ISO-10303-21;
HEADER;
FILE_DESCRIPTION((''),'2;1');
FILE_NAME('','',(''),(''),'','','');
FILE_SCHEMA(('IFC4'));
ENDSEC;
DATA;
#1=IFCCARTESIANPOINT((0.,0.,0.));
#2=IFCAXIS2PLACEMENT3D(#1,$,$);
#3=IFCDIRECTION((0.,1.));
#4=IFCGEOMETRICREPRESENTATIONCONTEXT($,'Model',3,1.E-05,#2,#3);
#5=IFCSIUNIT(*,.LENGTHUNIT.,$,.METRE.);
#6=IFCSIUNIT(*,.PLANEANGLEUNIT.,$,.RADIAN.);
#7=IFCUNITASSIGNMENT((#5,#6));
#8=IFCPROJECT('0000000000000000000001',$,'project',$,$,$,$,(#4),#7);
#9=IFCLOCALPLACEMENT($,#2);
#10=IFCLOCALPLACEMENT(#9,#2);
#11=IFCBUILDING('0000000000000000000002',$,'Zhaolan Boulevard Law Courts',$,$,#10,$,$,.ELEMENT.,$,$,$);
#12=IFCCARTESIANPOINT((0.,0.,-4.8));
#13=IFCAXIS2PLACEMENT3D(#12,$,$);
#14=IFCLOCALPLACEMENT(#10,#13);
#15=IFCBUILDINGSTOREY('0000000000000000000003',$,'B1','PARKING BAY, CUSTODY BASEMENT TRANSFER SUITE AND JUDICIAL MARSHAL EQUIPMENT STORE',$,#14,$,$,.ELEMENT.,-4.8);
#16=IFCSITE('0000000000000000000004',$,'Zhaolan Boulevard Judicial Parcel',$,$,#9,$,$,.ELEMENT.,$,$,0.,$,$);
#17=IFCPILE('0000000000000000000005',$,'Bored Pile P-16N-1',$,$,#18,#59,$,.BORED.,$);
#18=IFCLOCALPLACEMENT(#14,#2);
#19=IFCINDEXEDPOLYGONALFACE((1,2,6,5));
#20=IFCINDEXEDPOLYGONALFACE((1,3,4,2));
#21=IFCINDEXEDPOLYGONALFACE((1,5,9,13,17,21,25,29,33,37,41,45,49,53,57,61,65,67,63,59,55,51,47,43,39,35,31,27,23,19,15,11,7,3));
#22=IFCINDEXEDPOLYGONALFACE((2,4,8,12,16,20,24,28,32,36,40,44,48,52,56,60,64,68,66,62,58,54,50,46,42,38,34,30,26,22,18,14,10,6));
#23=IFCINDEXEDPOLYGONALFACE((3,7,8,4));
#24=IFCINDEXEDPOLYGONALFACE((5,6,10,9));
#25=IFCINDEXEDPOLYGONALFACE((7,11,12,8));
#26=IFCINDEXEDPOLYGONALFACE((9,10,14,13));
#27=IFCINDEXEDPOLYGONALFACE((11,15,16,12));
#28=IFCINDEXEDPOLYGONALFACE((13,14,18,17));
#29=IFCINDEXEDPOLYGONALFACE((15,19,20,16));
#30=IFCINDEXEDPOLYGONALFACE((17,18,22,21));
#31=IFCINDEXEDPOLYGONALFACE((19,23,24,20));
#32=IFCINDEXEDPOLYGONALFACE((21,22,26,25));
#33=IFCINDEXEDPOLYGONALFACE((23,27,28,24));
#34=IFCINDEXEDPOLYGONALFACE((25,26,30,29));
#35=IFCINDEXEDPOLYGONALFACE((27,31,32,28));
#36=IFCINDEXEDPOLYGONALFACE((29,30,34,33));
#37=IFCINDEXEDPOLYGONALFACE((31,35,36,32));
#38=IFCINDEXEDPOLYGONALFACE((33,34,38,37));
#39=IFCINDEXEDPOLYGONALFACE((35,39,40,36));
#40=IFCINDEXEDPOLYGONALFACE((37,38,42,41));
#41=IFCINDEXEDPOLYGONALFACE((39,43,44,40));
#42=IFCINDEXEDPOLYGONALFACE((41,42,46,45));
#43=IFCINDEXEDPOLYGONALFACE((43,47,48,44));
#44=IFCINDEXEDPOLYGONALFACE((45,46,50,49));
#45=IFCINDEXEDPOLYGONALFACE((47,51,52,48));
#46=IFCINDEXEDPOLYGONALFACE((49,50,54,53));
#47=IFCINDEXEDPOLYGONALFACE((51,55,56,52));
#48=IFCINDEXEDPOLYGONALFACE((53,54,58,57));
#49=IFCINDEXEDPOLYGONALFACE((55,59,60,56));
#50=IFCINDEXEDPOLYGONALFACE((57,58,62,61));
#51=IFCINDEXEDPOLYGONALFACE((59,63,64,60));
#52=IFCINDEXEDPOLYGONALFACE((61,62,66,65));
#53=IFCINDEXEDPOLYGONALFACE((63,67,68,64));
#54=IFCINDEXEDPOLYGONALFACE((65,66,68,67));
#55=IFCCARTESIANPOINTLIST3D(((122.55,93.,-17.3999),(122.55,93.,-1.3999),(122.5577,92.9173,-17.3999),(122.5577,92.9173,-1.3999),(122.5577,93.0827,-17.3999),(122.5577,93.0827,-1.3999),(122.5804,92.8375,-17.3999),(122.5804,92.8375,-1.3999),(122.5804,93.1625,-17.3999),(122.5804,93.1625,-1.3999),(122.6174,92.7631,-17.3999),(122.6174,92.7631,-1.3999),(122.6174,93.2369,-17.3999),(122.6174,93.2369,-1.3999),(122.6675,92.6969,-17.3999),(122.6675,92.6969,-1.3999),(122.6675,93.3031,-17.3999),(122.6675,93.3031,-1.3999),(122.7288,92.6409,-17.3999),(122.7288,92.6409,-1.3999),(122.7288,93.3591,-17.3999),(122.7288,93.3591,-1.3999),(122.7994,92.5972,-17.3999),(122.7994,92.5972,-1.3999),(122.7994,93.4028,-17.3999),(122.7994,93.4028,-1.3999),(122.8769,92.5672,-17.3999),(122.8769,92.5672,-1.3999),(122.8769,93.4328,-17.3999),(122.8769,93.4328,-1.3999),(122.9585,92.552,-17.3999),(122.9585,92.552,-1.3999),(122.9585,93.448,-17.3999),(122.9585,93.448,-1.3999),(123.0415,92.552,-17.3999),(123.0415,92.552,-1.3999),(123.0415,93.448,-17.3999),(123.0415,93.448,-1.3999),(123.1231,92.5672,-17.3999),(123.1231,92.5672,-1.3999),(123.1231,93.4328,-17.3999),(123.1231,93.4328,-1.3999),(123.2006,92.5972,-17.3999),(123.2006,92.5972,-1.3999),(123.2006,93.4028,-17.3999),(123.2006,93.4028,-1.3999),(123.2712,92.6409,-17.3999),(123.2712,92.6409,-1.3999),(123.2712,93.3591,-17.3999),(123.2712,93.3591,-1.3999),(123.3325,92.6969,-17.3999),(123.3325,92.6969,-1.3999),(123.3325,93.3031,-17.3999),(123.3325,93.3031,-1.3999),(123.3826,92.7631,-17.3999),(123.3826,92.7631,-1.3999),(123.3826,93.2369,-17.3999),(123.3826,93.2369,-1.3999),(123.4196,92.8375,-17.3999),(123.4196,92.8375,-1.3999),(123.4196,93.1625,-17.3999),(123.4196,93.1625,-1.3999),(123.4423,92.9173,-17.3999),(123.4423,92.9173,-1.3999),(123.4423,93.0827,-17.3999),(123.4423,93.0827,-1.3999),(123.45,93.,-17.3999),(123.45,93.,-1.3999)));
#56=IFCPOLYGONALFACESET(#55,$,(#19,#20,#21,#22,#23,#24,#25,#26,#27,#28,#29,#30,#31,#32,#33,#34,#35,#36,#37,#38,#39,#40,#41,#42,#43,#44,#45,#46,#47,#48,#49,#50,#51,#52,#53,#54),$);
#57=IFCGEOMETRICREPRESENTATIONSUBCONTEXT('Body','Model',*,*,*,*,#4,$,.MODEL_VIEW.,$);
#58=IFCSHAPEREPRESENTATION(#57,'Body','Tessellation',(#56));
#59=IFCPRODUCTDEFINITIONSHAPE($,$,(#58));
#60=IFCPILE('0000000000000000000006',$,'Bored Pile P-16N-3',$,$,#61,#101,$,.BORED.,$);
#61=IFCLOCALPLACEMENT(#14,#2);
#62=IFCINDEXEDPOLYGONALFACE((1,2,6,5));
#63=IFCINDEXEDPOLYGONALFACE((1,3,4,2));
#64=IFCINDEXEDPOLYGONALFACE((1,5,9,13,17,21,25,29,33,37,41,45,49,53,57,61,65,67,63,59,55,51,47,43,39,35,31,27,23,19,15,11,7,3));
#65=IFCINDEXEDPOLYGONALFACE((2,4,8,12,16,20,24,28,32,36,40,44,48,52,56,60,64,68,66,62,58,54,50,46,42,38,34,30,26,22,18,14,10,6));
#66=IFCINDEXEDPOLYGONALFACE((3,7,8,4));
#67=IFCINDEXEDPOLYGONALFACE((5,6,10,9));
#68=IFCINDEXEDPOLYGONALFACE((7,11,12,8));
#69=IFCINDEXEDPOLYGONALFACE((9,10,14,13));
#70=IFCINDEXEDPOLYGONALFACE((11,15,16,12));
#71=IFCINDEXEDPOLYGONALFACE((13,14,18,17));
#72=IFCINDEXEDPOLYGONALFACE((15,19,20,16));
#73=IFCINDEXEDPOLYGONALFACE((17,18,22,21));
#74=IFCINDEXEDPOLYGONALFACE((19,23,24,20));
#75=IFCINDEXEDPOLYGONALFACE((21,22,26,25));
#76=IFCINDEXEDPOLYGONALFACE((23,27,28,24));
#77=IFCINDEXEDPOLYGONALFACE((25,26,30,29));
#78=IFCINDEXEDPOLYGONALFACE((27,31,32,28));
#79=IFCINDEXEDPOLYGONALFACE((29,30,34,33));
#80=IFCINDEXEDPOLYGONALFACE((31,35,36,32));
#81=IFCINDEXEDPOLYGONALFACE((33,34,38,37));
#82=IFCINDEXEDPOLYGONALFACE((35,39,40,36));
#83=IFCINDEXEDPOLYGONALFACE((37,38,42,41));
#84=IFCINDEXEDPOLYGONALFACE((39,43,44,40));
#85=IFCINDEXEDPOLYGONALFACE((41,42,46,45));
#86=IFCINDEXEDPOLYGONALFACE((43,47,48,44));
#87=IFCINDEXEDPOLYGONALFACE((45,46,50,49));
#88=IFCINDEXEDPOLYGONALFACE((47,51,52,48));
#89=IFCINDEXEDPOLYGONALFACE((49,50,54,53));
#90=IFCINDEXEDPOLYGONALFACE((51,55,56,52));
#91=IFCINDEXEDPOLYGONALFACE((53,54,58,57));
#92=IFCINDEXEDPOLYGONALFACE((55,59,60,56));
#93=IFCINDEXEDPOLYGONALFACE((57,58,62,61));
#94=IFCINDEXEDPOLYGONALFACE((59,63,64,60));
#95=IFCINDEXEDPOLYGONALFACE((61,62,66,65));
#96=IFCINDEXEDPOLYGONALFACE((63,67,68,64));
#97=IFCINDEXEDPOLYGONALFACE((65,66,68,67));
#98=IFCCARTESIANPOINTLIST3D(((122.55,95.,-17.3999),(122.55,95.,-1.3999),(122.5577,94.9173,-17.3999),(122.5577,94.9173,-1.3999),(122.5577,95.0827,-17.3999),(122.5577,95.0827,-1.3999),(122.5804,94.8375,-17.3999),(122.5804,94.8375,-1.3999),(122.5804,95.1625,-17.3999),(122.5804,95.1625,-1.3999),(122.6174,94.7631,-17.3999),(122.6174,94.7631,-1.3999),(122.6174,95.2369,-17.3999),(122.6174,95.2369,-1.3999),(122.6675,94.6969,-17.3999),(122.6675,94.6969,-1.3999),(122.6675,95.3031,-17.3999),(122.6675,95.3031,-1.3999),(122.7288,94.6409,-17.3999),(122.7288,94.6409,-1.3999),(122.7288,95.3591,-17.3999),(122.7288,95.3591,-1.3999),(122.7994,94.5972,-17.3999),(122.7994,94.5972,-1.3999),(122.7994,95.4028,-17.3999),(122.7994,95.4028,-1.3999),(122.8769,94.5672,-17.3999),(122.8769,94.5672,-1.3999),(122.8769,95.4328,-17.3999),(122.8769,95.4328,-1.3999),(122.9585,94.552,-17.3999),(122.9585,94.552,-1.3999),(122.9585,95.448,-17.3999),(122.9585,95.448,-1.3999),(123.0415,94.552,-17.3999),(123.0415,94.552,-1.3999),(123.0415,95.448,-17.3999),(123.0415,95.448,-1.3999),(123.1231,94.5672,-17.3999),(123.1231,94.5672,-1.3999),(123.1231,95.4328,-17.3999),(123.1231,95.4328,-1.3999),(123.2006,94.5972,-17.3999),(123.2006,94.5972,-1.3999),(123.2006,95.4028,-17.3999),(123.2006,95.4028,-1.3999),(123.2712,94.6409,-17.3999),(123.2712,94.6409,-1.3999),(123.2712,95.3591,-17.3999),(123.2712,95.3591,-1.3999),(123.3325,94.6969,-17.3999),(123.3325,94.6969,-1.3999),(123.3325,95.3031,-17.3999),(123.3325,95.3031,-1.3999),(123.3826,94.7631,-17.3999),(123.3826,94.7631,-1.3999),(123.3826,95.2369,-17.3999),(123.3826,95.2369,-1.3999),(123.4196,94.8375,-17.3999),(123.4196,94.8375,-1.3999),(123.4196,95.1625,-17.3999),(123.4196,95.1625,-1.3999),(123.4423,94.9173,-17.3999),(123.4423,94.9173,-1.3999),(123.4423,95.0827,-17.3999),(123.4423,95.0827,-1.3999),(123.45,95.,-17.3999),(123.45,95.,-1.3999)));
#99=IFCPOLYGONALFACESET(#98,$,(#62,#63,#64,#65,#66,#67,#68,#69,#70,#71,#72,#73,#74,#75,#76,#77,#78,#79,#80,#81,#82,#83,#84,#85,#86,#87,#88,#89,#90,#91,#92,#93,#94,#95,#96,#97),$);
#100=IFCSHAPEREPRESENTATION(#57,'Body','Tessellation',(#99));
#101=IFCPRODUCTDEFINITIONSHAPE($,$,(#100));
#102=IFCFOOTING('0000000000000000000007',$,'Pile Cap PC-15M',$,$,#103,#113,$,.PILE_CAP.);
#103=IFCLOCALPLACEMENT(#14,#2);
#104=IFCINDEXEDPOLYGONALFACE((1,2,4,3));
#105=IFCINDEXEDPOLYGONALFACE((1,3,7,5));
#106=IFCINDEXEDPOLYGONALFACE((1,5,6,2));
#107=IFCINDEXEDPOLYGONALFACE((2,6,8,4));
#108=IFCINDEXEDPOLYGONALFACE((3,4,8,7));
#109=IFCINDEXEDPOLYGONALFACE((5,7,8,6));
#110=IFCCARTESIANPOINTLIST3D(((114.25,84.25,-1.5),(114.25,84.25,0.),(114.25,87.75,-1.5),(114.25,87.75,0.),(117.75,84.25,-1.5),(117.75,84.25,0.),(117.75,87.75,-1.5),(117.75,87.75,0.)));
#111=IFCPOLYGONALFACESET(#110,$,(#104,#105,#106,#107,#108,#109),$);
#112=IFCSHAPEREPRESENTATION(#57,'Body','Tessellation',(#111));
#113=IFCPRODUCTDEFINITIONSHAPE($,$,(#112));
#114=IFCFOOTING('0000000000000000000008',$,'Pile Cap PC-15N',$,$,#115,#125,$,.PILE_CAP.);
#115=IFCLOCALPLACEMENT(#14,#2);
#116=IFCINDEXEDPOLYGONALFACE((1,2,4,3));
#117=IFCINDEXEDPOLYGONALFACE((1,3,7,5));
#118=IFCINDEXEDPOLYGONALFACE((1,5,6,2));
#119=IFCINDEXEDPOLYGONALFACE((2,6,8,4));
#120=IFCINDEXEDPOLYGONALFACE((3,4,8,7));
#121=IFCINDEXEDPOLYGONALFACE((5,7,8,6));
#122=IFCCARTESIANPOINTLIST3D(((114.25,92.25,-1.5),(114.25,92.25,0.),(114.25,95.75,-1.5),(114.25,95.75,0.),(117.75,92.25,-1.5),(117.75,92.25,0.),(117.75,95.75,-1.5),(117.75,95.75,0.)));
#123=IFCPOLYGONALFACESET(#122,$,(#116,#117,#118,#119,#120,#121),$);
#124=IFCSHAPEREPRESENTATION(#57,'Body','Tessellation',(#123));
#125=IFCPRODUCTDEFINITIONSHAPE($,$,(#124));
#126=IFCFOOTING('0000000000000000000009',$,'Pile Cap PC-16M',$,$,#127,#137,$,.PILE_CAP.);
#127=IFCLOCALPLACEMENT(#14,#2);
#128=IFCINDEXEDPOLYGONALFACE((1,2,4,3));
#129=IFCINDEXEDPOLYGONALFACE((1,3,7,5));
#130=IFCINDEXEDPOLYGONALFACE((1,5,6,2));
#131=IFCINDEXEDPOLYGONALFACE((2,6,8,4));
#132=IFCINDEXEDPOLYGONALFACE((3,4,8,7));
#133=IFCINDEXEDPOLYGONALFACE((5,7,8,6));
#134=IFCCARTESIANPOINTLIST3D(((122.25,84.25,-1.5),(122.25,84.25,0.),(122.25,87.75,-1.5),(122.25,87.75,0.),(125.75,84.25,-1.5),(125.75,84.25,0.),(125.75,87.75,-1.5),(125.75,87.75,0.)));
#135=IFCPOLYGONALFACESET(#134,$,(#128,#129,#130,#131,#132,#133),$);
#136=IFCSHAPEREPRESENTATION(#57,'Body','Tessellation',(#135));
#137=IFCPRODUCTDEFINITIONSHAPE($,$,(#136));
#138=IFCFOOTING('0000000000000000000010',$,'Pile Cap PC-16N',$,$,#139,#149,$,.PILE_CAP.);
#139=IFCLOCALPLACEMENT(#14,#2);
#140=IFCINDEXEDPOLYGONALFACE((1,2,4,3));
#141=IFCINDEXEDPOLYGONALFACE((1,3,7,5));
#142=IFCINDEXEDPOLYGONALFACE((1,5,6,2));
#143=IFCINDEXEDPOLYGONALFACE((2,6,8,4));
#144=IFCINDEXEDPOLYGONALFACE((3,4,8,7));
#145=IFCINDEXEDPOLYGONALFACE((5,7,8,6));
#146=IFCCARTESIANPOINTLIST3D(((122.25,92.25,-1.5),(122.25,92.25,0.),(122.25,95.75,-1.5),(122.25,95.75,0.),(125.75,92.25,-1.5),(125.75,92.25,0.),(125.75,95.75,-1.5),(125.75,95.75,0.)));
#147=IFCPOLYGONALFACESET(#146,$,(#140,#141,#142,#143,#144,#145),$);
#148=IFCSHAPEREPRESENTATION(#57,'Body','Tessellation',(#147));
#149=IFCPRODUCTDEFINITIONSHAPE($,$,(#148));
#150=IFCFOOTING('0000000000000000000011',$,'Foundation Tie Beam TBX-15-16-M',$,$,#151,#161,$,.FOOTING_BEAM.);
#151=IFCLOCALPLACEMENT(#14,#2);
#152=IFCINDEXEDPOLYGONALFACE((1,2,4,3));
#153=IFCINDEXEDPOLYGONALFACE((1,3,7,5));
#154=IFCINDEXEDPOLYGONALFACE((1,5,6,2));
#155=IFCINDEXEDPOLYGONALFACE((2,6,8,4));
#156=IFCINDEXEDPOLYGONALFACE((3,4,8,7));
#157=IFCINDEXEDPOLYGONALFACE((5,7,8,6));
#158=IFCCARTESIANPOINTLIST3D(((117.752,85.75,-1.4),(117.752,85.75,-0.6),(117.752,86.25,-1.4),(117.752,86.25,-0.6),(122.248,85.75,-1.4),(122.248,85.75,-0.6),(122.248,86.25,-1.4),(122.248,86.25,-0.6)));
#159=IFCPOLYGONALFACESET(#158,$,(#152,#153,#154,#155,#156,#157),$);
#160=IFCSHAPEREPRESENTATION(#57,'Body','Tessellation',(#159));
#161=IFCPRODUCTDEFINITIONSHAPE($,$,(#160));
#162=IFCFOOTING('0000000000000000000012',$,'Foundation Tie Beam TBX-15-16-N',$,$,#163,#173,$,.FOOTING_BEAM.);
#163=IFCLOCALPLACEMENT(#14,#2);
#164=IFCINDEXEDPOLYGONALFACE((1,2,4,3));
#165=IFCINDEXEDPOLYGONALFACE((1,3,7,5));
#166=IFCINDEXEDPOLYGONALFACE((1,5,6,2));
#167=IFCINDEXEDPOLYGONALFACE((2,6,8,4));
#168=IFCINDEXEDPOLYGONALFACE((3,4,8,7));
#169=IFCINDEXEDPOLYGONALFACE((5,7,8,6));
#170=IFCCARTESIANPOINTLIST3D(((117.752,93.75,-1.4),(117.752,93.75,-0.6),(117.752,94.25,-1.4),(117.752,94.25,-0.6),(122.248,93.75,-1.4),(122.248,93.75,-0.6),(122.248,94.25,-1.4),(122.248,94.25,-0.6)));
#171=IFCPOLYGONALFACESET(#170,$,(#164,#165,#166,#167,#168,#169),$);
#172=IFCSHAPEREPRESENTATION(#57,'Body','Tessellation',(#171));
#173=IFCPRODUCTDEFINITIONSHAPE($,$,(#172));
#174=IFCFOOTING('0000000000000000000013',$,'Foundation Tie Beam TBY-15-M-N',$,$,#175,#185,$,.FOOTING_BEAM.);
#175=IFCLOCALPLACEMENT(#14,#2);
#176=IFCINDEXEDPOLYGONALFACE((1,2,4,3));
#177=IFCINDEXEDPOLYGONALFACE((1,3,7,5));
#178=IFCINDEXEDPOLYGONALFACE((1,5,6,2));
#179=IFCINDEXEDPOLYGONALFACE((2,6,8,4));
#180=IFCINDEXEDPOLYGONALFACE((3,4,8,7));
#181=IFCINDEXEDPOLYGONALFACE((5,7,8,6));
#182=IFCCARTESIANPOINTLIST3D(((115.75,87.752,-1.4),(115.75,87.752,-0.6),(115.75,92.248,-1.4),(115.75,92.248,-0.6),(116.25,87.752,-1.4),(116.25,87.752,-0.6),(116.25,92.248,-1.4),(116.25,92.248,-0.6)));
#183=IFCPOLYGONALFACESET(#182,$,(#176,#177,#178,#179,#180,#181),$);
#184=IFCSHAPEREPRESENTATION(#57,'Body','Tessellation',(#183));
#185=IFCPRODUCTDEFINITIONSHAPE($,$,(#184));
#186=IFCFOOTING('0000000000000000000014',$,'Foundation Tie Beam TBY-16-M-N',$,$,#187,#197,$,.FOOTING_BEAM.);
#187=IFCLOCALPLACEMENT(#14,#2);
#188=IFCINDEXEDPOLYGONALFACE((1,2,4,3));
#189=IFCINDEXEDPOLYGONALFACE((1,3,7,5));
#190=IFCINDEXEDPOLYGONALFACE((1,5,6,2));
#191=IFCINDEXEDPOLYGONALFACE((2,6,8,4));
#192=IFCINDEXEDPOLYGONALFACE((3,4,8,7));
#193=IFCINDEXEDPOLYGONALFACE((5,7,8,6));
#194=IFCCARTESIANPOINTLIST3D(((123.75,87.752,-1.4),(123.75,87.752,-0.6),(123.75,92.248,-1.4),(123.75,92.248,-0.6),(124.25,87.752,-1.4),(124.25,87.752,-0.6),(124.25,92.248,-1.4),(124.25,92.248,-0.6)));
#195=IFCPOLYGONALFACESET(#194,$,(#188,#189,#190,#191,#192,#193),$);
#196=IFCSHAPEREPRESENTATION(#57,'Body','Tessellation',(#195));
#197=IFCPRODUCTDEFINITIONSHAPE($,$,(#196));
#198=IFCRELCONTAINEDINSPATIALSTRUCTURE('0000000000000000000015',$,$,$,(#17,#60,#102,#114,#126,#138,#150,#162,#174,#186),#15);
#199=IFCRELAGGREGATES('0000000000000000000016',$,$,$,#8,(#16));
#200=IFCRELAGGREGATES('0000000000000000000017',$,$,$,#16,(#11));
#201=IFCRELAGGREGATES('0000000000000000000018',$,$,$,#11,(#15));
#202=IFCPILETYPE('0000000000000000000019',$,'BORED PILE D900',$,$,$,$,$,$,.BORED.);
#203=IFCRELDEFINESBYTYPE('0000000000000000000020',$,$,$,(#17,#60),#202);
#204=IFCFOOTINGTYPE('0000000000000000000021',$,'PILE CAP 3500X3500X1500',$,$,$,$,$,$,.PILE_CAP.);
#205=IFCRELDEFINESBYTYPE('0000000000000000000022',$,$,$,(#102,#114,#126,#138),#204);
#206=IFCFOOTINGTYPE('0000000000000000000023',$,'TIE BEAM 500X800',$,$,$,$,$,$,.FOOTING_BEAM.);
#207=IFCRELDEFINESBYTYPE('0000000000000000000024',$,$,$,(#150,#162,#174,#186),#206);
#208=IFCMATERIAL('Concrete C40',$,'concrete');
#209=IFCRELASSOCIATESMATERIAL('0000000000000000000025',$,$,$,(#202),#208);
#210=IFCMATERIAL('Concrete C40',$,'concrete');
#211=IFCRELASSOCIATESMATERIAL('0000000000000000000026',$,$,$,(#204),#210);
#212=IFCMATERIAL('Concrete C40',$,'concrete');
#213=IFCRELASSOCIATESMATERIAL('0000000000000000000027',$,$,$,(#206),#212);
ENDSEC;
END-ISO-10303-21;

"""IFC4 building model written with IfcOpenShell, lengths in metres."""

from ifc_helpers import new_model, si_unit, direction, frame, origin, origin_2d, place, context, subcontext, project, spatial, rectangle, circle, extrude, material, material_profile, profile_set, type_object, element, save


model = new_model("IFC4")

# Units and contexts
model_context = context("Model", 3, precision=1e-05, world=origin(), true_north=direction((0.0, 1.0)))
body_context = subcontext(model_context, "Body", "Model", "MODEL_VIEW")
ifc_project = project(units=[si_unit("LENGTHUNIT", "METRE"), si_unit("PLANEANGLEUNIT", "RADIAN")], contexts=[model_context])

# Site, building, storey
site_placement = place(None, origin())
site = spatial("IfcSite", under=ifc_project, at=site_placement, Name="Zhaolan Boulevard Judicial Parcel", CompositionType="ELEMENT", RefElevation=0.0)
building_placement = place(site_placement, origin())
building = spatial("IfcBuilding", under=site, at=building_placement, Name="Zhaolan Boulevard Law Courts", CompositionType="ELEMENT")
storey_placement = place(building_placement, frame((0.0, 0.0, -4.8)))
storey = spatial("IfcBuildingStorey", under=building, at=storey_placement, Name="B1", Description="PARKING BAY, CUSTODY BASEMENT TRANSFER SUITE AND JUDICIAL MARSHAL EQUIPMENT STORE", CompositionType="ELEMENT", Elevation=-4.8)

# Piles
ifc_material_1 = material(Name="Concrete C40", Category="concrete")
ifc_material_profile_1 = material_profile(ifc_material_1, circle(Radius=0.45, at=origin_2d()), Name="PILE-D900")
ifc_profile_set_1 = profile_set([ifc_material_profile_1], Name="Concrete C40")
pile_type = type_object("IfcPileType", Name="BORED PILE D900", PredefinedType="BORED", material=ifc_profile_set_1)
for number, where, z_axis, x_axis, name in (
    (1, (123.0, 93.0, -1.3999), (0.0, 0.0, -1.0), (1.0, 0.0, 0.0), "Bored Pile P-16N-1"),
    (2, (123.0, 95.0, -1.3999), (0.0, 0.0, -1.0), (1.0, 0.0, 0.0), "Bored Pile P-16N-3"),
):
    element("IfcPile", number, at=place(storey_placement, frame(where, z_axis=z_axis, x_axis=x_axis)), inside=storey, type_object=pile_type, Name=name, PredefinedType="BORED", context=body_context, shape_type="SweptSolid", body=[
        extrude(circle(Radius=0.45, at=origin_2d()), origin(), (0.0, 0.0, 1.0), 16.0),
    ])

# Footings
ifc_material_2 = material(Name="Concrete C40", Category="concrete")
footing_type_1 = type_object("IfcFootingType", Name="PILE CAP 3500X3500X1500", PredefinedType="PILE_CAP", material=ifc_material_2)
for number, where, z_axis, x_axis, name in (
    (3, (116.0, 86.0, -1.5), (0.0, 0.0, 1.0), (1.0, 0.0, 0.0), "Pile Cap PC-15M"),
    (4, (116.0, 94.0, -1.5), (0.0, 0.0, 1.0), (1.0, 0.0, 0.0), "Pile Cap PC-15N"),
    (5, (124.0, 86.0, -1.5), (0.0, 0.0, 1.0), (1.0, 0.0, 0.0), "Pile Cap PC-16M"),
    (6, (124.0, 94.0, -1.5), (0.0, 0.0, 1.0), (1.0, 0.0, 0.0), "Pile Cap PC-16N"),
):
    element("IfcFooting", number, at=place(storey_placement, frame(where, z_axis=z_axis, x_axis=x_axis)), inside=storey, type_object=footing_type_1, Name=name, PredefinedType="PILE_CAP", context=body_context, shape_type="SweptSolid", body=[
        extrude(rectangle(XDim=3.5, YDim=3.5, at=origin_2d()), origin(), (0.0, 0.0, 1.0), 1.5),
    ])
ifc_material_3 = material(Name="Concrete C40", Category="concrete")
ifc_material_profile_2 = material_profile(ifc_material_3, rectangle(XDim=0.5, YDim=0.8, at=origin_2d()), Name="RC500x800")
ifc_profile_set_2 = profile_set([ifc_material_profile_2], Name="Concrete C40")
footing_type_2 = type_object("IfcFootingType", Name="TIE BEAM 500X800", PredefinedType="FOOTING_BEAM", material=ifc_profile_set_2)
for number, where, z_axis, x_axis, name in (
    (7, (117.752, 86.0, -1.0), (1.0, 0.0, 0.0), (0.0, 1.0, 0.0), "Foundation Tie Beam TBX-15-16-M"),
    (8, (117.752, 94.0, -1.0), (1.0, 0.0, 0.0), (0.0, 1.0, 0.0), "Foundation Tie Beam TBX-15-16-N"),
    (9, (116.0, 87.752, -1.0), (0.0, 1.0, 0.0), (-1.0, 0.0, 0.0), "Foundation Tie Beam TBY-15-M-N"),
    (10, (124.0, 87.752, -1.0), (0.0, 1.0, 0.0), (-1.0, 0.0, 0.0), "Foundation Tie Beam TBY-16-M-N"),
):
    element("IfcFooting", number, at=place(storey_placement, frame(where, z_axis=z_axis, x_axis=x_axis)), inside=storey, type_object=footing_type_2, Name=name, PredefinedType="FOOTING_BEAM", context=body_context, shape_type="SweptSolid", body=[
        extrude(rectangle(XDim=0.5, YDim=0.8, at=origin_2d()), origin(), (0.0, 0.0, 1.0), 4.4961),
    ])

save(model, "model.ifc")
